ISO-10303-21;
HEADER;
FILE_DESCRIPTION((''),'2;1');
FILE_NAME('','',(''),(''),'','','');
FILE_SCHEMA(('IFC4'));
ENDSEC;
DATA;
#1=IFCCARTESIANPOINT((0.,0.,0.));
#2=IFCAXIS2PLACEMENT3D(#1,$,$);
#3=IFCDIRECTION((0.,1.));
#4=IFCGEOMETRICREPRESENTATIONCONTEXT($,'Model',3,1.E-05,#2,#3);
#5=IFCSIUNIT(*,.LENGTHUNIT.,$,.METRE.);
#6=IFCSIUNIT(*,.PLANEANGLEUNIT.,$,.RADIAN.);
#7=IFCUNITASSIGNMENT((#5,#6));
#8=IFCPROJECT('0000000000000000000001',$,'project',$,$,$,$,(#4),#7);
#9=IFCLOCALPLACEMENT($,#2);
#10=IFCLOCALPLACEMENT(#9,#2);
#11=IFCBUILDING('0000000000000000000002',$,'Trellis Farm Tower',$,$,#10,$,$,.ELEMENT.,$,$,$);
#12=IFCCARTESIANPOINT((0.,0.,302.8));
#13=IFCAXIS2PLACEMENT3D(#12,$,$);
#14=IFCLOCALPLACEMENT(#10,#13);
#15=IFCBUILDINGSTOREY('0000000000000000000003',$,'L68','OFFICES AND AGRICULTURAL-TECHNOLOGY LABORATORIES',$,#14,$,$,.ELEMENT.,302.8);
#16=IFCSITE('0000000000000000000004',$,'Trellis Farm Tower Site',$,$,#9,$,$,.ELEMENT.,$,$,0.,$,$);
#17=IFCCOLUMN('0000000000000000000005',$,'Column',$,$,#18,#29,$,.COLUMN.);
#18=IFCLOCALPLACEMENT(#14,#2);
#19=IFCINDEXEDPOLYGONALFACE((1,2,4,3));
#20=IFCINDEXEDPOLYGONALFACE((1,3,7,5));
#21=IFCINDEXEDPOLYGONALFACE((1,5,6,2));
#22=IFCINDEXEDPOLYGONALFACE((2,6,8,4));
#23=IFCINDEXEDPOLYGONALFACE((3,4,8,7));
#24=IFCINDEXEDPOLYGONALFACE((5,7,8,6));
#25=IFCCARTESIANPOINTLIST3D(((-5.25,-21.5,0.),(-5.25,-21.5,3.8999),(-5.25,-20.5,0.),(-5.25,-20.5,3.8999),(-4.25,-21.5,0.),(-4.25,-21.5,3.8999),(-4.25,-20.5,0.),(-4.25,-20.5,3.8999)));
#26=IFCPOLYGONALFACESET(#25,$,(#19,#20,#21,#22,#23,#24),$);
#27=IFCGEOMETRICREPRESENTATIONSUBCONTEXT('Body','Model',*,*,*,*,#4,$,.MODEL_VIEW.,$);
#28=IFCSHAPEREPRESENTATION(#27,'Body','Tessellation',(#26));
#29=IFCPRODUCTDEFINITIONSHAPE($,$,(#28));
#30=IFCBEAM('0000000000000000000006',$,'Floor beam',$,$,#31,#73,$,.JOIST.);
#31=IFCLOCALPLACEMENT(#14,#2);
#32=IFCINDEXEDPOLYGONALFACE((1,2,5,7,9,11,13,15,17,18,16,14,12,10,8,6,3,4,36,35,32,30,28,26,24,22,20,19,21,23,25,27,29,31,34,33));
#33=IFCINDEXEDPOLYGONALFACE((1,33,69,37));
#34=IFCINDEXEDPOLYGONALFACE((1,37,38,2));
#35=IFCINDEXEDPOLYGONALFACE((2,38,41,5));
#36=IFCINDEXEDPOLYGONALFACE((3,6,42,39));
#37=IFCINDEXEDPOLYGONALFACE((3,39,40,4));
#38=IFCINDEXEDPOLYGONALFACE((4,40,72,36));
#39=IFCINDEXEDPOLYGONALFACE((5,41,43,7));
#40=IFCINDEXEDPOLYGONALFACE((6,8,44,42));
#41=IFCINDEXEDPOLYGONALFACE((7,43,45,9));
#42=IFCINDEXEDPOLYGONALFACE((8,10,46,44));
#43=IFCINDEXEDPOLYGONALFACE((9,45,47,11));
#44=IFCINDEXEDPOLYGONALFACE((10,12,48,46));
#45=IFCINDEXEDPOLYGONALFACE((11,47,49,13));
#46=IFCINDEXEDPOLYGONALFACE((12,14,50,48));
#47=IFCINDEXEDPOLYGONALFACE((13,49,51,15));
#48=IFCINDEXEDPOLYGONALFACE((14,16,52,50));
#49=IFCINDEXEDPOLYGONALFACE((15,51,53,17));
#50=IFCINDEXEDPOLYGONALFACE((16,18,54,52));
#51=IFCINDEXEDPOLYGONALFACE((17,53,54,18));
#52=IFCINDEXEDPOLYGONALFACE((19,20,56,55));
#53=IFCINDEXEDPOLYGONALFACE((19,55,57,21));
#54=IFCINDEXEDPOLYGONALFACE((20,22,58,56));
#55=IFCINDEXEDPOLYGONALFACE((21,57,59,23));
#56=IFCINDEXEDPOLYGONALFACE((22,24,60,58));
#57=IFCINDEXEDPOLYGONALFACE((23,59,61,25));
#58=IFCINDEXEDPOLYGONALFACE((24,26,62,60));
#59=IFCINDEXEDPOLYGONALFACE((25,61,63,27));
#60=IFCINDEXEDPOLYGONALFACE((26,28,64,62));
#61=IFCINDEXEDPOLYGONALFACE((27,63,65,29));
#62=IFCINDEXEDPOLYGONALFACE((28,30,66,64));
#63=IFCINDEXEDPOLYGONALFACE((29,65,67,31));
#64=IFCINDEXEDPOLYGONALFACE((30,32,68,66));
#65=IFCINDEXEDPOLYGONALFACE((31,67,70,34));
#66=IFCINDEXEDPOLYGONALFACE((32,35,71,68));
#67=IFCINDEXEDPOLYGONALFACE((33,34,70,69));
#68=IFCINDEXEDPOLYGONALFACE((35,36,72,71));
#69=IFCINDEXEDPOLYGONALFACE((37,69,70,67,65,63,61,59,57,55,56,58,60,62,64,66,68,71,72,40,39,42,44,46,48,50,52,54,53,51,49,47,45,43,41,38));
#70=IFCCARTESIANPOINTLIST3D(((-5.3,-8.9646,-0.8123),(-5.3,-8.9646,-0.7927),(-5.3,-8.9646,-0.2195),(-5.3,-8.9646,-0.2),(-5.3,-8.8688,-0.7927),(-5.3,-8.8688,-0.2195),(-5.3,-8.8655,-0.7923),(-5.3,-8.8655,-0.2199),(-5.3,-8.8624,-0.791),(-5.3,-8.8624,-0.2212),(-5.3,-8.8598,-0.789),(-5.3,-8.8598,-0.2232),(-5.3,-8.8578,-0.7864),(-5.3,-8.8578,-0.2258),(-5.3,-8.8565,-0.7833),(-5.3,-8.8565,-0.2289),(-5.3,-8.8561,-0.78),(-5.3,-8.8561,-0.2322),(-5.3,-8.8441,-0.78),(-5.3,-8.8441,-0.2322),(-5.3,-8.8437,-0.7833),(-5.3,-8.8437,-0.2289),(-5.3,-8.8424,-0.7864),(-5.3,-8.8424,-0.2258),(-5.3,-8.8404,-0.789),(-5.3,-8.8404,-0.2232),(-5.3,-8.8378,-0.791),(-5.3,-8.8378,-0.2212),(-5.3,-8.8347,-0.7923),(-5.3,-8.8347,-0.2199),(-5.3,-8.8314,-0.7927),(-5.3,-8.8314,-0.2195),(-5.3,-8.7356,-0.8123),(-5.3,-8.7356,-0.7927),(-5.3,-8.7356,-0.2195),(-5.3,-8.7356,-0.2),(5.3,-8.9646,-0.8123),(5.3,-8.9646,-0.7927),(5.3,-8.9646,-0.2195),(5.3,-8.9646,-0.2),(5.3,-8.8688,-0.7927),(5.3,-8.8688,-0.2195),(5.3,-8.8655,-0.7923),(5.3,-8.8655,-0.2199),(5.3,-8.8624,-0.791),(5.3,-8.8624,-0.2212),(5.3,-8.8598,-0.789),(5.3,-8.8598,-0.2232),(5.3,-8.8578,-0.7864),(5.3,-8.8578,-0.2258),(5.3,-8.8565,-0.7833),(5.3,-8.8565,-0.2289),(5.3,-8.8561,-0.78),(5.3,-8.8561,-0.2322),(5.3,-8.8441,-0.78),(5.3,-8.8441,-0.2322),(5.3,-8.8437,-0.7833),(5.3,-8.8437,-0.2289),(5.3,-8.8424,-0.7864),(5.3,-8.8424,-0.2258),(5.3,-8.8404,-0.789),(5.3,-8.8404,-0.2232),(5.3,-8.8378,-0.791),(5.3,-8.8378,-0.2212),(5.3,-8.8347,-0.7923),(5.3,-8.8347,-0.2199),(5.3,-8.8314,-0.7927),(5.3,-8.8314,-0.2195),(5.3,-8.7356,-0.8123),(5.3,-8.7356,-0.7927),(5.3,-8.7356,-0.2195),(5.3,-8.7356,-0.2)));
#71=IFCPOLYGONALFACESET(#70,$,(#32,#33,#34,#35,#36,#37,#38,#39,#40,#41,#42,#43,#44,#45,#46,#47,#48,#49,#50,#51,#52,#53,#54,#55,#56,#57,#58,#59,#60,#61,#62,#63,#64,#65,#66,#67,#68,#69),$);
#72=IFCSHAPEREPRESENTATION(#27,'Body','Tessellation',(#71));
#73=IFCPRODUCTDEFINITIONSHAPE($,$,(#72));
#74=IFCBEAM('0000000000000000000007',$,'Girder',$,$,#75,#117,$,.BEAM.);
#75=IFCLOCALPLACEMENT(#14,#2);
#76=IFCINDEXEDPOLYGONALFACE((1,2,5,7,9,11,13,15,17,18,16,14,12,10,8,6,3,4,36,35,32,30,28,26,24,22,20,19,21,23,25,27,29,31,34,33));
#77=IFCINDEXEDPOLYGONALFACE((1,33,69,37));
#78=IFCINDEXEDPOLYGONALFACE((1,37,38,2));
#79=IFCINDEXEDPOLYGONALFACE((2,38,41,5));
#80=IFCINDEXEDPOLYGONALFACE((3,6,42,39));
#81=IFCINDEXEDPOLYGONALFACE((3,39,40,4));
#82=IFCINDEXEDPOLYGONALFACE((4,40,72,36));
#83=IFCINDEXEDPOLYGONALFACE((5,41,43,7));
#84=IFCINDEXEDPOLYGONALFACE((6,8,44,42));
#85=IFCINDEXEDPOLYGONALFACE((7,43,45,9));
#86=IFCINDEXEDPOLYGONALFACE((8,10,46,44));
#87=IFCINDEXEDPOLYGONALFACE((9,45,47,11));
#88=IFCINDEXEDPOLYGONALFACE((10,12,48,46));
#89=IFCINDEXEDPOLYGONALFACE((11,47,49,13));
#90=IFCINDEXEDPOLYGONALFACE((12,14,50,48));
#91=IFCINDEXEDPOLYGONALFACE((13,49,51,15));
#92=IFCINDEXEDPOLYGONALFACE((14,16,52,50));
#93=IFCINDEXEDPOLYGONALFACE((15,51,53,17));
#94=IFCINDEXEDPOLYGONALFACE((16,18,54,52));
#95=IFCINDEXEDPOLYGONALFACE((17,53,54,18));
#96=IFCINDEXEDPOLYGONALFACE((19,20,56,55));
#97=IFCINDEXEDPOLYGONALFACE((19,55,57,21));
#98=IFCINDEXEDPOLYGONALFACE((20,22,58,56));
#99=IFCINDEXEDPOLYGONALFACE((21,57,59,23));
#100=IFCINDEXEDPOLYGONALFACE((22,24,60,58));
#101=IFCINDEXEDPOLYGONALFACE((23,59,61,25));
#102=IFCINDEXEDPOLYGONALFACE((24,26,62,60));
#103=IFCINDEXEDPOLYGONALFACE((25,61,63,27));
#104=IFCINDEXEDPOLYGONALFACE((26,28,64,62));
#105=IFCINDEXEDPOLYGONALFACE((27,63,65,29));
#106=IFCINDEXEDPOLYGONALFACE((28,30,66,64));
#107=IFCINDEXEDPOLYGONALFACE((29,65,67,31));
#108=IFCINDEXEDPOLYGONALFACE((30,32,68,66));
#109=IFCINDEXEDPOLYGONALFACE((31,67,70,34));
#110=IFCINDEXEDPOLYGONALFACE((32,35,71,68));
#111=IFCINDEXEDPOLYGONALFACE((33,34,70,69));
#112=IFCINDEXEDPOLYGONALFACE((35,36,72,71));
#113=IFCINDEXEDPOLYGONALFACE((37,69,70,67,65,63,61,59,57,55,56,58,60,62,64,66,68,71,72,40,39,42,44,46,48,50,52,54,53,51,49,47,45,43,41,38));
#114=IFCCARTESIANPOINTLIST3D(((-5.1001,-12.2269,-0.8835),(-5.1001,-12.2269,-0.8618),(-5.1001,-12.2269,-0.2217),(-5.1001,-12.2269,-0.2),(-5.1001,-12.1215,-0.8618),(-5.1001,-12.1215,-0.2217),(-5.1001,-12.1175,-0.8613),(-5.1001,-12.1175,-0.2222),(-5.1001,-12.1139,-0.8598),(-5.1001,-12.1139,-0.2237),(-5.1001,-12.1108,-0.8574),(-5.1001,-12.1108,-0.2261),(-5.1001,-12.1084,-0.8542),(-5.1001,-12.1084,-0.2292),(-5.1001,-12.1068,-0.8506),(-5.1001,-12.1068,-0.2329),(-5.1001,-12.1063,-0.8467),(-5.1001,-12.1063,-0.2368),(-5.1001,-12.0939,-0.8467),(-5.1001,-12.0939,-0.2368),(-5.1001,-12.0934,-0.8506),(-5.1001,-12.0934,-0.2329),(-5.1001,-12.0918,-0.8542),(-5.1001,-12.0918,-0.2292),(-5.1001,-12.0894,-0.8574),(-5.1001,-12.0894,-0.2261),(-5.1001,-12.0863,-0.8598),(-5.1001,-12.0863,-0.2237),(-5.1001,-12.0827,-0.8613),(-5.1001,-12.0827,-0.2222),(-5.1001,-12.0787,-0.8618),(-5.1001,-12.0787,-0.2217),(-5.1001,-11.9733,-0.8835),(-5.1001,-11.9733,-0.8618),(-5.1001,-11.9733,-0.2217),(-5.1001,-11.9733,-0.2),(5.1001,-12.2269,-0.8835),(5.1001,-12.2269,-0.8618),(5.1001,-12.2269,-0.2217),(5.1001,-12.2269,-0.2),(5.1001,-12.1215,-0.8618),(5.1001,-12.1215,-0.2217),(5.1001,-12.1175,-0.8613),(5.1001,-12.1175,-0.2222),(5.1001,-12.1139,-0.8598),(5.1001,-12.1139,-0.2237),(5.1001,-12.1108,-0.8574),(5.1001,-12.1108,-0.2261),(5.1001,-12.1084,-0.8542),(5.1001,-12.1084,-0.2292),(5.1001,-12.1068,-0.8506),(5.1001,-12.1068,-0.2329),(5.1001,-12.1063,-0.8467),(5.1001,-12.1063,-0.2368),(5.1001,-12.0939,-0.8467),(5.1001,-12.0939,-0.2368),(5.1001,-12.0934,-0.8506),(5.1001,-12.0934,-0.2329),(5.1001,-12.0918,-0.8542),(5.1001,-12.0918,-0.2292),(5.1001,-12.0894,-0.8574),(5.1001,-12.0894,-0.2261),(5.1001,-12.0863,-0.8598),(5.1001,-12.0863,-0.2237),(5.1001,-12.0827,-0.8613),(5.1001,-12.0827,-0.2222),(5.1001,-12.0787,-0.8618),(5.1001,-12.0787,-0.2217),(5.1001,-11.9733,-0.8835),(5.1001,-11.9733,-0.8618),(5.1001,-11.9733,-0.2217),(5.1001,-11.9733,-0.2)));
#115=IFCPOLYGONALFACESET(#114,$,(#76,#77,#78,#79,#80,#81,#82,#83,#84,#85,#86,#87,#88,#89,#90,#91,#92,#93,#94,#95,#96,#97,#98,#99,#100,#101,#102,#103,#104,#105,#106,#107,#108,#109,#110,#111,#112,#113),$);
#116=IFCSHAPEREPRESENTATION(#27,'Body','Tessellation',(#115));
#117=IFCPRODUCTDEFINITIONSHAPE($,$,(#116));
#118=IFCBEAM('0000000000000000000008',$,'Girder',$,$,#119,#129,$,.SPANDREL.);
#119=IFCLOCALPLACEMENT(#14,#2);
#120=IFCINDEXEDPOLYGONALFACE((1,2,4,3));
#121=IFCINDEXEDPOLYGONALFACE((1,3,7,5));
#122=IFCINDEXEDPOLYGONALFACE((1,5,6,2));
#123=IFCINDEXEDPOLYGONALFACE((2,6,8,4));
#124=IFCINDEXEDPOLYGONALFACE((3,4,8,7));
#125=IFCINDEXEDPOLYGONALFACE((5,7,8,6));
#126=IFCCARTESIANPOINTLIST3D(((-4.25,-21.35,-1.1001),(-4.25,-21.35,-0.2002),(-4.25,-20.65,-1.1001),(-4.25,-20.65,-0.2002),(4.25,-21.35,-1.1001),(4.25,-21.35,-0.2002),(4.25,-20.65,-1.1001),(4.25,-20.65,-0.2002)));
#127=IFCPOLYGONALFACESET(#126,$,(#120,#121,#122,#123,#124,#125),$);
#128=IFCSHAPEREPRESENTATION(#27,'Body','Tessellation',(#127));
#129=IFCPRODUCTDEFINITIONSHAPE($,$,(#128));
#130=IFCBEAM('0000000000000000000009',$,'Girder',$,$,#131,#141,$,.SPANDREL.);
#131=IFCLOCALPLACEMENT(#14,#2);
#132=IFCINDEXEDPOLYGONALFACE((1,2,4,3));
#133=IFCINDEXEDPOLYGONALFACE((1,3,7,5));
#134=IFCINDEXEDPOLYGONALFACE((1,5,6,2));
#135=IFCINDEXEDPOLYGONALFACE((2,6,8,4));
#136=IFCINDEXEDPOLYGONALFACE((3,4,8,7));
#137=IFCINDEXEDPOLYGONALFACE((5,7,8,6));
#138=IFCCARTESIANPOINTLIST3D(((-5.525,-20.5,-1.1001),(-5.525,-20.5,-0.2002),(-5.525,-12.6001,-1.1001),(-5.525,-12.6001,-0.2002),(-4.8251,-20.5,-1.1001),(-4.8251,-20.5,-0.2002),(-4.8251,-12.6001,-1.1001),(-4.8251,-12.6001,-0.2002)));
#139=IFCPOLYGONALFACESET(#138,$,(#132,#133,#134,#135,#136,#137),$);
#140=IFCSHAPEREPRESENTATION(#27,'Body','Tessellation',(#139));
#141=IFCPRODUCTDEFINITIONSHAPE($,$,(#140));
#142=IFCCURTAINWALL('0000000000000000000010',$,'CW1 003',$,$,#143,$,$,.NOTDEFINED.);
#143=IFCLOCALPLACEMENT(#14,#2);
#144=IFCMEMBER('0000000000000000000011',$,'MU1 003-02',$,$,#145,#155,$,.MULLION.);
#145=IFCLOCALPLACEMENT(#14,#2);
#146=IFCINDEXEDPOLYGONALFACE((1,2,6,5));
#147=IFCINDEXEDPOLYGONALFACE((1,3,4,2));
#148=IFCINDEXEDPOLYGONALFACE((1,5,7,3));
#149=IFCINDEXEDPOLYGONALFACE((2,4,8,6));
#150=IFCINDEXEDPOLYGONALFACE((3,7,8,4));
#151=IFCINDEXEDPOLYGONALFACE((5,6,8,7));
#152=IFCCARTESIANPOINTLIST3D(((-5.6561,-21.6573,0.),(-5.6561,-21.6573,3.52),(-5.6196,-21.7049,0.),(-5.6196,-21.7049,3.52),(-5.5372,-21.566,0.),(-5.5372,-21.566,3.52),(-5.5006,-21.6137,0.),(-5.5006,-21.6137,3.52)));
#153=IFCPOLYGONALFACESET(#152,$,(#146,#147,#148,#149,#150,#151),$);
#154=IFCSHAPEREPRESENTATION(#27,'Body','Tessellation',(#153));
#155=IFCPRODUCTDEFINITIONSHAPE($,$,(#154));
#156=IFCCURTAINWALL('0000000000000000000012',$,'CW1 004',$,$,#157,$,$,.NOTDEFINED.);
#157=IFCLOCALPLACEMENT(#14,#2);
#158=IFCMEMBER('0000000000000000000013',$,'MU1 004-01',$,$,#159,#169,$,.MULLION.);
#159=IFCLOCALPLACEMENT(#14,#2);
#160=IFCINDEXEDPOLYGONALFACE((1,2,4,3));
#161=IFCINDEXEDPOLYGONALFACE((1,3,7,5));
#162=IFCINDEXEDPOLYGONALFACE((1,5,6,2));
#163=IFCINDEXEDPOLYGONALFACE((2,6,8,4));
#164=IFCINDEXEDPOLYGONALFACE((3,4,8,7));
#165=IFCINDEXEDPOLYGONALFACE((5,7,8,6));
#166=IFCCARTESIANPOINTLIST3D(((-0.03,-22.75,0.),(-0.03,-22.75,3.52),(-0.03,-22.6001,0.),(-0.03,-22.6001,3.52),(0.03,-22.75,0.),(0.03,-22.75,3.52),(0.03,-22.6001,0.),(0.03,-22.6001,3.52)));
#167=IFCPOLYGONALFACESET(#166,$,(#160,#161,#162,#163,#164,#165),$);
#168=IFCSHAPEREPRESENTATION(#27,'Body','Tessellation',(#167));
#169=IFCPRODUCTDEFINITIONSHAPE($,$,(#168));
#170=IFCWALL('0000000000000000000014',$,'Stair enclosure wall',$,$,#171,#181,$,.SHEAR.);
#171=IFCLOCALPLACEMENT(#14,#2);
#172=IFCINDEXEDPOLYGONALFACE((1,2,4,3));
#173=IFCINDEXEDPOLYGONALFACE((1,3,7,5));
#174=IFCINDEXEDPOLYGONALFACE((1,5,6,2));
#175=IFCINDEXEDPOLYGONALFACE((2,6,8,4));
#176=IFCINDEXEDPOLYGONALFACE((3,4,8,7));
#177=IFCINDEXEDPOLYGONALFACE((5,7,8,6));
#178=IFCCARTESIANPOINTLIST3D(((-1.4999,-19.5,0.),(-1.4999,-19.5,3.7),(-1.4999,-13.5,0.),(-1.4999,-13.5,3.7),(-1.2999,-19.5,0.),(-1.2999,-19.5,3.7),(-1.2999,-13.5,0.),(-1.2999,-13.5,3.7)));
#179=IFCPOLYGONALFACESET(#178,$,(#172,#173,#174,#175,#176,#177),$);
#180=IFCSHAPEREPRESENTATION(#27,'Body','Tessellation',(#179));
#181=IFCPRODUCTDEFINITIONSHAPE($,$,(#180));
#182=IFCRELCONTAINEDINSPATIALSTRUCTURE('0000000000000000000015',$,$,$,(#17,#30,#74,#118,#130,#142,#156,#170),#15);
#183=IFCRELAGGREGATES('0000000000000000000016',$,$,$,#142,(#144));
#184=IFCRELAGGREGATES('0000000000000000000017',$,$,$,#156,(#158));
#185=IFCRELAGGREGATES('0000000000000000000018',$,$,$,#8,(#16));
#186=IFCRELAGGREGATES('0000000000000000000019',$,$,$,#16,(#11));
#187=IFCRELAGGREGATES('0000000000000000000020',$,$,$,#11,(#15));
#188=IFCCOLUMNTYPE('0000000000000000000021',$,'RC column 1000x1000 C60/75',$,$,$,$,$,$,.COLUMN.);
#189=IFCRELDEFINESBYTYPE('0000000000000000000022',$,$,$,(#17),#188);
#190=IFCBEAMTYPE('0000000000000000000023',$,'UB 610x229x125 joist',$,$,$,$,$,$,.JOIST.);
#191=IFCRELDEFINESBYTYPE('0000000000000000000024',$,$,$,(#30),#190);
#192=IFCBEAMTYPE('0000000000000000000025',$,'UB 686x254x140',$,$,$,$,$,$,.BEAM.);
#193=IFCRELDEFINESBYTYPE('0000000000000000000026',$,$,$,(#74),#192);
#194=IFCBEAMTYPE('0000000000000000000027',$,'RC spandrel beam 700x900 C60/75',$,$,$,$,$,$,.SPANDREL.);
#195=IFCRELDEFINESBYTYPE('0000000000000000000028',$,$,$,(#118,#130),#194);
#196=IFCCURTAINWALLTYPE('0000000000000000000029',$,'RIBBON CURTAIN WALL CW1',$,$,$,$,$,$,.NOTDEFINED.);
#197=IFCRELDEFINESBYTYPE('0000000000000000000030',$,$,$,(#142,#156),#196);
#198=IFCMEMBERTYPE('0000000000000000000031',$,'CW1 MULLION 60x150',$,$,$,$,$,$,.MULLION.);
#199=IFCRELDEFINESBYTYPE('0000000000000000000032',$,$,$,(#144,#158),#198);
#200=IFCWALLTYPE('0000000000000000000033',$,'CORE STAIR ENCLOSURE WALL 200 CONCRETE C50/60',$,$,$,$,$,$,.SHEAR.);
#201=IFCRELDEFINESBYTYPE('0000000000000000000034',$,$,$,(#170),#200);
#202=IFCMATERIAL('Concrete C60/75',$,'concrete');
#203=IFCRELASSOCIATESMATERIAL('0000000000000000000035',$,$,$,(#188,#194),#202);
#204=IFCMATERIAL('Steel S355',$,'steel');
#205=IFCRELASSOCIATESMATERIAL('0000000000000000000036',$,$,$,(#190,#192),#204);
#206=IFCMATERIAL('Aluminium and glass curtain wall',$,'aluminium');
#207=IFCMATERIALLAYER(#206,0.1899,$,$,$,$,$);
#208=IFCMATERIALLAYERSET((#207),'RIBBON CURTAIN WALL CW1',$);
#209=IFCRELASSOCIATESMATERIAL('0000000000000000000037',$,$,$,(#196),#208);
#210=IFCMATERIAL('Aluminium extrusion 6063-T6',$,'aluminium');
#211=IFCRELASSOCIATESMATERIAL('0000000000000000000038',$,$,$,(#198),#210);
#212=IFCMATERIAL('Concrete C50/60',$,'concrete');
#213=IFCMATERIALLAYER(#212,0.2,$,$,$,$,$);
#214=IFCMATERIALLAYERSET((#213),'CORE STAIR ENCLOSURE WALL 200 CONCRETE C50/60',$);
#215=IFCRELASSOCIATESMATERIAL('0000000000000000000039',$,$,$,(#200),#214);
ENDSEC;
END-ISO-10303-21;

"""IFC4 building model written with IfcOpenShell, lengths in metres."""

from ifc_helpers import new_model, si_unit, direction, frame, frame_2d, origin, origin_2d, place, context, subcontext, project, spatial, rectangle, i_section, extrude, source, transform, mapped, material, layer, layer_set, material_profile, profile_set, type_object, element, aggregate, save


model = new_model("IFC4")

# Units and contexts
model_context = context("Model", 3, precision=1e-05, world=origin(), true_north=direction((0.0, 1.0)))
body_context = subcontext(model_context, "Body", "Model", "MODEL_VIEW")
ifc_project = project(units=[si_unit("LENGTHUNIT", "METRE"), si_unit("PLANEANGLEUNIT", "RADIAN")], contexts=[model_context])

# Site, building, storey
site_placement = place(None, origin())
site = spatial("IfcSite", under=ifc_project, at=site_placement, Name="Trellis Farm Tower Site", CompositionType="ELEMENT", RefElevation=0.0)
building_placement = place(site_placement, origin())
building = spatial("IfcBuilding", under=site, at=building_placement, Name="Trellis Farm Tower", CompositionType="ELEMENT")
storey_placement = place(building_placement, frame((0.0, 0.0, 302.8)))
storey = spatial("IfcBuildingStorey", under=building, at=storey_placement, Name="L68", Description="OFFICES AND AGRICULTURAL-TECHNOLOGY LABORATORIES", CompositionType="ELEMENT", Elevation=302.8)

# Column
ifc_material_1 = material(Name="Concrete C60/75", Category="concrete")
ifc_material_profile_1 = material_profile(ifc_material_1, rectangle(XDim=1.0, YDim=1.0, at=origin_2d()), Name="RC column 1000x1000 C60/75")
ifc_profile_set_1 = profile_set([ifc_material_profile_1], Name="Concrete C60/75")
column_type = type_object("IfcColumnType", Name="RC column 1000x1000 C60/75", PredefinedType="COLUMN", material=ifc_profile_set_1)
shared_shape_1 = source(origin(), body_context, "Body", "SweptSolid", [
    extrude(rectangle(XDim=1.0, YDim=1.0, at=origin_2d()), origin(), (0.0, 0.0, 1.0), 3.8999),
])
column_placement = place(storey_placement, frame((-4.75, -21.0, 0.0), z_axis=(0.0, 0.0, 1.0), x_axis=(1.0, 0.0, 0.0)))
element("IfcColumn", 1, at=column_placement, inside=storey, type_object=column_type, Name="Column", PredefinedType="COLUMN", context=body_context, shape_type="MappedRepresentation", body=[
    mapped(shared_shape_1, transform((0.0, 0.0, 0.0))),
])

# Beams
ifc_material_2 = material(Name="Steel S355", Category="steel")
ifc_material_profile_2 = material_profile(ifc_material_2, i_section(OverallWidth=0.229, OverallDepth=0.6123, WebThickness=0.012, FlangeThickness=0.0195, FilletRadius=0.0127, at=origin_2d()), Name="UB 610x229x125")
ifc_profile_set_2 = profile_set([ifc_material_profile_2], Name="Steel S355")
beam_type_1 = type_object("IfcBeamType", Name="UB 610x229x125 joist", PredefinedType="JOIST", material=ifc_profile_set_2)
shared_shape_2 = source(origin(), body_context, "Body", "SweptSolid", [
    extrude(i_section(OverallWidth=0.229, OverallDepth=0.6123, WebThickness=0.012, FlangeThickness=0.0195, FilletRadius=0.0127, at=origin_2d()), origin(), (0.0, 0.0, 1.0), 10.6001),
])
beam_1_placement = place(storey_placement, frame((-5.3, -8.8501, -0.5061), z_axis=(1.0, 0.0, 0.0), x_axis=(0.0, 1.0, 0.0)))
element("IfcBeam", 2, at=beam_1_placement, inside=storey, type_object=beam_type_1, Name="Floor beam", PredefinedType="JOIST", context=body_context, shape_type="MappedRepresentation", body=[
    mapped(shared_shape_2, transform((0.0, 0.0, 0.0))),
])
ifc_material_profile_3 = material_profile(ifc_material_2, i_section(OverallWidth=0.2537, OverallDepth=0.6836, WebThickness=0.0125, FlangeThickness=0.0217, FilletRadius=0.0151, at=origin_2d()), Name="UB 686x254x140")
ifc_profile_set_3 = profile_set([ifc_material_profile_3], Name="Steel S355")
beam_type_2 = type_object("IfcBeamType", Name="UB 686x254x140", PredefinedType="BEAM", material=ifc_profile_set_3)
shared_shape_3 = source(origin(), body_context, "Body", "SweptSolid", [
    extrude(i_section(OverallWidth=0.2537, OverallDepth=0.6836, WebThickness=0.0125, FlangeThickness=0.0217, FilletRadius=0.0151, at=origin_2d()), origin(), (0.0, 0.0, 1.0), 10.2002),
])
beam_2_placement = place(storey_placement, frame((-5.1001, -12.1001, -0.5417), z_axis=(1.0, 0.0, 0.0), x_axis=(0.0, 1.0, 0.0)))
element("IfcBeam", 3, at=beam_2_placement, inside=storey, type_object=beam_type_2, Name="Girder", PredefinedType="BEAM", context=body_context, shape_type="MappedRepresentation", body=[
    mapped(shared_shape_3, transform((0.0, 0.0, 0.0))),
])
ifc_material_profile_4 = material_profile(ifc_material_1, rectangle(XDim=0.7, YDim=0.8999, at=origin_2d()), Name="RC spandrel beam 700x900 C60/75")
ifc_profile_set_4 = profile_set([ifc_material_profile_4], Name="Concrete C60/75")
beam_type_3 = type_object("IfcBeamType", Name="RC spandrel beam 700x900 C60/75", PredefinedType="SPANDREL", material=ifc_profile_set_4)
shared_shape_4 = source(origin(), body_context, "Body", "SweptSolid", [
    extrude(rectangle(XDim=0.7, YDim=0.8999, at=origin_2d()), origin(), (0.0, 0.0, 1.0), 8.5),
])
beam_3_placement = place(storey_placement, frame((-4.25, -21.0, -0.6501), z_axis=(1.0, 0.0, 0.0), x_axis=(0.0, 1.0, 0.0)))
element("IfcBeam", 4, at=beam_3_placement, inside=storey, type_object=beam_type_3, Name="Girder", PredefinedType="SPANDREL", context=body_context, shape_type="MappedRepresentation", body=[
    mapped(shared_shape_4, transform((0.0, 0.0, 0.0))),
])
shared_shape_5 = source(origin(), body_context, "Body", "SweptSolid", [
    extrude(rectangle(XDim=0.7, YDim=0.8999, at=origin_2d()), origin(), (0.0, 0.0, 1.0), 7.8999),
])
beam_4_placement = place(storey_placement, frame((-5.175, -20.5, -0.6501), z_axis=(0.0, 1.0, 0.0), x_axis=(-1.0, 0.0, 0.0)))
element("IfcBeam", 5, at=beam_4_placement, inside=storey, type_object=beam_type_3, Name="Girder", PredefinedType="SPANDREL", context=body_context, shape_type="MappedRepresentation", body=[
    mapped(shared_shape_5, transform((0.0, 0.0, 0.0))),
])

# Curtain walls, members
ifc_material_3 = material(Name="Aluminium and glass curtain wall", Category="aluminium")
ifc_layer_1 = layer(ifc_material_3, 0.1899)
ifc_layer_set_1 = layer_set([ifc_layer_1], Name="RIBBON CURTAIN WALL CW1")
curtain_wall_type = type_object("IfcCurtainWallType", Name="RIBBON CURTAIN WALL CW1", PredefinedType="NOTDEFINED", material=ifc_layer_set_1)
placement = place(storey_placement, origin())
curtain_wall_1 = element("IfcCurtainWall", 6, at=placement, inside=storey, type_object=curtain_wall_type, Name="CW1 003", PredefinedType="NOTDEFINED")
ifc_material_4 = material(Name="Aluminium extrusion 6063-T6", Category="aluminium")
ifc_material_profile_5 = material_profile(ifc_material_4, rectangle(XDim=0.0601, YDim=0.1499, at=origin_2d()), Name="MULLION 60x150")
ifc_profile_set_5 = profile_set([ifc_material_profile_5], Name="Aluminium extrusion 6063-T6")
member_type = type_object("IfcMemberType", Name="CW1 MULLION 60x150", PredefinedType="MULLION", material=ifc_profile_set_5)
shared_shape_6 = source(origin(), body_context, "Body", "SweptSolid", [
    extrude(rectangle(XDim=0.0601, YDim=0.1499, at=origin_2d()), origin(), (0.0, 0.0, 1.0), 3.52),
])
member_1_placement = place(storey_placement, frame((-5.5784, -21.6355, 0.0), z_axis=(0.0, 0.0, 1.0), x_axis=(0.608761, -0.793353, 0.0)))
member_1 = element("IfcMember", 7, at=member_1_placement, type_object=member_type, Name="MU1 003-02", PredefinedType="MULLION", context=body_context, shape_type="MappedRepresentation", body=[
    mapped(shared_shape_6, transform((0.0, 0.0, 0.0))),
])
aggregate(curtain_wall_1, [member_1])
curtain_wall_2 = element("IfcCurtainWall", 8, at=placement, inside=storey, type_object=curtain_wall_type, Name="CW1 004", PredefinedType="NOTDEFINED")
member_2_placement = place(storey_placement, frame((0.0, -22.675, 0.0), z_axis=(0.0, 0.0, 1.0), x_axis=(1.0, 0.0, 0.0)))
member_2 = element("IfcMember", 9, at=member_2_placement, type_object=member_type, Name="MU1 004-01", PredefinedType="MULLION", context=body_context, shape_type="MappedRepresentation", body=[
    mapped(shared_shape_6, transform((0.0, 0.0, 0.0))),
])
aggregate(curtain_wall_2, [member_2])

# Wall
ifc_material_5 = material(Name="Concrete C50/60", Category="concrete")
ifc_layer_2 = layer(ifc_material_5, 0.2)
ifc_layer_set_2 = layer_set([ifc_layer_2], Name="CORE STAIR ENCLOSURE WALL 200 CONCRETE C50/60")
wall_type_1 = type_object("IfcWallType", Name="CORE STAIR ENCLOSURE WALL 200 CONCRETE C50/60", PredefinedType="SHEAR", material=ifc_layer_set_2)
shared_shape_7 = source(origin(), body_context, "Body", "SweptSolid", [
    extrude(rectangle(XDim=6.0, YDim=0.2, at=frame_2d((3.0, 0.0))), origin(), (0.0, 0.0, 1.0), 3.7),
])
wall_1_placement = place(storey_placement, frame((-1.3999, -13.5, 0.0), z_axis=(0.0, 0.0, 1.0), x_axis=(0.0, -1.0, 0.0)))
element("IfcWall", 10, at=wall_1_placement, inside=storey, type_object=wall_type_1, Name="Stair enclosure wall", PredefinedType="SHEAR", context=body_context, shape_type="MappedRepresentation", body=[
    mapped(shared_shape_7, transform((0.0, 0.0, 0.0))),
])

save(model, "model.ifc")
